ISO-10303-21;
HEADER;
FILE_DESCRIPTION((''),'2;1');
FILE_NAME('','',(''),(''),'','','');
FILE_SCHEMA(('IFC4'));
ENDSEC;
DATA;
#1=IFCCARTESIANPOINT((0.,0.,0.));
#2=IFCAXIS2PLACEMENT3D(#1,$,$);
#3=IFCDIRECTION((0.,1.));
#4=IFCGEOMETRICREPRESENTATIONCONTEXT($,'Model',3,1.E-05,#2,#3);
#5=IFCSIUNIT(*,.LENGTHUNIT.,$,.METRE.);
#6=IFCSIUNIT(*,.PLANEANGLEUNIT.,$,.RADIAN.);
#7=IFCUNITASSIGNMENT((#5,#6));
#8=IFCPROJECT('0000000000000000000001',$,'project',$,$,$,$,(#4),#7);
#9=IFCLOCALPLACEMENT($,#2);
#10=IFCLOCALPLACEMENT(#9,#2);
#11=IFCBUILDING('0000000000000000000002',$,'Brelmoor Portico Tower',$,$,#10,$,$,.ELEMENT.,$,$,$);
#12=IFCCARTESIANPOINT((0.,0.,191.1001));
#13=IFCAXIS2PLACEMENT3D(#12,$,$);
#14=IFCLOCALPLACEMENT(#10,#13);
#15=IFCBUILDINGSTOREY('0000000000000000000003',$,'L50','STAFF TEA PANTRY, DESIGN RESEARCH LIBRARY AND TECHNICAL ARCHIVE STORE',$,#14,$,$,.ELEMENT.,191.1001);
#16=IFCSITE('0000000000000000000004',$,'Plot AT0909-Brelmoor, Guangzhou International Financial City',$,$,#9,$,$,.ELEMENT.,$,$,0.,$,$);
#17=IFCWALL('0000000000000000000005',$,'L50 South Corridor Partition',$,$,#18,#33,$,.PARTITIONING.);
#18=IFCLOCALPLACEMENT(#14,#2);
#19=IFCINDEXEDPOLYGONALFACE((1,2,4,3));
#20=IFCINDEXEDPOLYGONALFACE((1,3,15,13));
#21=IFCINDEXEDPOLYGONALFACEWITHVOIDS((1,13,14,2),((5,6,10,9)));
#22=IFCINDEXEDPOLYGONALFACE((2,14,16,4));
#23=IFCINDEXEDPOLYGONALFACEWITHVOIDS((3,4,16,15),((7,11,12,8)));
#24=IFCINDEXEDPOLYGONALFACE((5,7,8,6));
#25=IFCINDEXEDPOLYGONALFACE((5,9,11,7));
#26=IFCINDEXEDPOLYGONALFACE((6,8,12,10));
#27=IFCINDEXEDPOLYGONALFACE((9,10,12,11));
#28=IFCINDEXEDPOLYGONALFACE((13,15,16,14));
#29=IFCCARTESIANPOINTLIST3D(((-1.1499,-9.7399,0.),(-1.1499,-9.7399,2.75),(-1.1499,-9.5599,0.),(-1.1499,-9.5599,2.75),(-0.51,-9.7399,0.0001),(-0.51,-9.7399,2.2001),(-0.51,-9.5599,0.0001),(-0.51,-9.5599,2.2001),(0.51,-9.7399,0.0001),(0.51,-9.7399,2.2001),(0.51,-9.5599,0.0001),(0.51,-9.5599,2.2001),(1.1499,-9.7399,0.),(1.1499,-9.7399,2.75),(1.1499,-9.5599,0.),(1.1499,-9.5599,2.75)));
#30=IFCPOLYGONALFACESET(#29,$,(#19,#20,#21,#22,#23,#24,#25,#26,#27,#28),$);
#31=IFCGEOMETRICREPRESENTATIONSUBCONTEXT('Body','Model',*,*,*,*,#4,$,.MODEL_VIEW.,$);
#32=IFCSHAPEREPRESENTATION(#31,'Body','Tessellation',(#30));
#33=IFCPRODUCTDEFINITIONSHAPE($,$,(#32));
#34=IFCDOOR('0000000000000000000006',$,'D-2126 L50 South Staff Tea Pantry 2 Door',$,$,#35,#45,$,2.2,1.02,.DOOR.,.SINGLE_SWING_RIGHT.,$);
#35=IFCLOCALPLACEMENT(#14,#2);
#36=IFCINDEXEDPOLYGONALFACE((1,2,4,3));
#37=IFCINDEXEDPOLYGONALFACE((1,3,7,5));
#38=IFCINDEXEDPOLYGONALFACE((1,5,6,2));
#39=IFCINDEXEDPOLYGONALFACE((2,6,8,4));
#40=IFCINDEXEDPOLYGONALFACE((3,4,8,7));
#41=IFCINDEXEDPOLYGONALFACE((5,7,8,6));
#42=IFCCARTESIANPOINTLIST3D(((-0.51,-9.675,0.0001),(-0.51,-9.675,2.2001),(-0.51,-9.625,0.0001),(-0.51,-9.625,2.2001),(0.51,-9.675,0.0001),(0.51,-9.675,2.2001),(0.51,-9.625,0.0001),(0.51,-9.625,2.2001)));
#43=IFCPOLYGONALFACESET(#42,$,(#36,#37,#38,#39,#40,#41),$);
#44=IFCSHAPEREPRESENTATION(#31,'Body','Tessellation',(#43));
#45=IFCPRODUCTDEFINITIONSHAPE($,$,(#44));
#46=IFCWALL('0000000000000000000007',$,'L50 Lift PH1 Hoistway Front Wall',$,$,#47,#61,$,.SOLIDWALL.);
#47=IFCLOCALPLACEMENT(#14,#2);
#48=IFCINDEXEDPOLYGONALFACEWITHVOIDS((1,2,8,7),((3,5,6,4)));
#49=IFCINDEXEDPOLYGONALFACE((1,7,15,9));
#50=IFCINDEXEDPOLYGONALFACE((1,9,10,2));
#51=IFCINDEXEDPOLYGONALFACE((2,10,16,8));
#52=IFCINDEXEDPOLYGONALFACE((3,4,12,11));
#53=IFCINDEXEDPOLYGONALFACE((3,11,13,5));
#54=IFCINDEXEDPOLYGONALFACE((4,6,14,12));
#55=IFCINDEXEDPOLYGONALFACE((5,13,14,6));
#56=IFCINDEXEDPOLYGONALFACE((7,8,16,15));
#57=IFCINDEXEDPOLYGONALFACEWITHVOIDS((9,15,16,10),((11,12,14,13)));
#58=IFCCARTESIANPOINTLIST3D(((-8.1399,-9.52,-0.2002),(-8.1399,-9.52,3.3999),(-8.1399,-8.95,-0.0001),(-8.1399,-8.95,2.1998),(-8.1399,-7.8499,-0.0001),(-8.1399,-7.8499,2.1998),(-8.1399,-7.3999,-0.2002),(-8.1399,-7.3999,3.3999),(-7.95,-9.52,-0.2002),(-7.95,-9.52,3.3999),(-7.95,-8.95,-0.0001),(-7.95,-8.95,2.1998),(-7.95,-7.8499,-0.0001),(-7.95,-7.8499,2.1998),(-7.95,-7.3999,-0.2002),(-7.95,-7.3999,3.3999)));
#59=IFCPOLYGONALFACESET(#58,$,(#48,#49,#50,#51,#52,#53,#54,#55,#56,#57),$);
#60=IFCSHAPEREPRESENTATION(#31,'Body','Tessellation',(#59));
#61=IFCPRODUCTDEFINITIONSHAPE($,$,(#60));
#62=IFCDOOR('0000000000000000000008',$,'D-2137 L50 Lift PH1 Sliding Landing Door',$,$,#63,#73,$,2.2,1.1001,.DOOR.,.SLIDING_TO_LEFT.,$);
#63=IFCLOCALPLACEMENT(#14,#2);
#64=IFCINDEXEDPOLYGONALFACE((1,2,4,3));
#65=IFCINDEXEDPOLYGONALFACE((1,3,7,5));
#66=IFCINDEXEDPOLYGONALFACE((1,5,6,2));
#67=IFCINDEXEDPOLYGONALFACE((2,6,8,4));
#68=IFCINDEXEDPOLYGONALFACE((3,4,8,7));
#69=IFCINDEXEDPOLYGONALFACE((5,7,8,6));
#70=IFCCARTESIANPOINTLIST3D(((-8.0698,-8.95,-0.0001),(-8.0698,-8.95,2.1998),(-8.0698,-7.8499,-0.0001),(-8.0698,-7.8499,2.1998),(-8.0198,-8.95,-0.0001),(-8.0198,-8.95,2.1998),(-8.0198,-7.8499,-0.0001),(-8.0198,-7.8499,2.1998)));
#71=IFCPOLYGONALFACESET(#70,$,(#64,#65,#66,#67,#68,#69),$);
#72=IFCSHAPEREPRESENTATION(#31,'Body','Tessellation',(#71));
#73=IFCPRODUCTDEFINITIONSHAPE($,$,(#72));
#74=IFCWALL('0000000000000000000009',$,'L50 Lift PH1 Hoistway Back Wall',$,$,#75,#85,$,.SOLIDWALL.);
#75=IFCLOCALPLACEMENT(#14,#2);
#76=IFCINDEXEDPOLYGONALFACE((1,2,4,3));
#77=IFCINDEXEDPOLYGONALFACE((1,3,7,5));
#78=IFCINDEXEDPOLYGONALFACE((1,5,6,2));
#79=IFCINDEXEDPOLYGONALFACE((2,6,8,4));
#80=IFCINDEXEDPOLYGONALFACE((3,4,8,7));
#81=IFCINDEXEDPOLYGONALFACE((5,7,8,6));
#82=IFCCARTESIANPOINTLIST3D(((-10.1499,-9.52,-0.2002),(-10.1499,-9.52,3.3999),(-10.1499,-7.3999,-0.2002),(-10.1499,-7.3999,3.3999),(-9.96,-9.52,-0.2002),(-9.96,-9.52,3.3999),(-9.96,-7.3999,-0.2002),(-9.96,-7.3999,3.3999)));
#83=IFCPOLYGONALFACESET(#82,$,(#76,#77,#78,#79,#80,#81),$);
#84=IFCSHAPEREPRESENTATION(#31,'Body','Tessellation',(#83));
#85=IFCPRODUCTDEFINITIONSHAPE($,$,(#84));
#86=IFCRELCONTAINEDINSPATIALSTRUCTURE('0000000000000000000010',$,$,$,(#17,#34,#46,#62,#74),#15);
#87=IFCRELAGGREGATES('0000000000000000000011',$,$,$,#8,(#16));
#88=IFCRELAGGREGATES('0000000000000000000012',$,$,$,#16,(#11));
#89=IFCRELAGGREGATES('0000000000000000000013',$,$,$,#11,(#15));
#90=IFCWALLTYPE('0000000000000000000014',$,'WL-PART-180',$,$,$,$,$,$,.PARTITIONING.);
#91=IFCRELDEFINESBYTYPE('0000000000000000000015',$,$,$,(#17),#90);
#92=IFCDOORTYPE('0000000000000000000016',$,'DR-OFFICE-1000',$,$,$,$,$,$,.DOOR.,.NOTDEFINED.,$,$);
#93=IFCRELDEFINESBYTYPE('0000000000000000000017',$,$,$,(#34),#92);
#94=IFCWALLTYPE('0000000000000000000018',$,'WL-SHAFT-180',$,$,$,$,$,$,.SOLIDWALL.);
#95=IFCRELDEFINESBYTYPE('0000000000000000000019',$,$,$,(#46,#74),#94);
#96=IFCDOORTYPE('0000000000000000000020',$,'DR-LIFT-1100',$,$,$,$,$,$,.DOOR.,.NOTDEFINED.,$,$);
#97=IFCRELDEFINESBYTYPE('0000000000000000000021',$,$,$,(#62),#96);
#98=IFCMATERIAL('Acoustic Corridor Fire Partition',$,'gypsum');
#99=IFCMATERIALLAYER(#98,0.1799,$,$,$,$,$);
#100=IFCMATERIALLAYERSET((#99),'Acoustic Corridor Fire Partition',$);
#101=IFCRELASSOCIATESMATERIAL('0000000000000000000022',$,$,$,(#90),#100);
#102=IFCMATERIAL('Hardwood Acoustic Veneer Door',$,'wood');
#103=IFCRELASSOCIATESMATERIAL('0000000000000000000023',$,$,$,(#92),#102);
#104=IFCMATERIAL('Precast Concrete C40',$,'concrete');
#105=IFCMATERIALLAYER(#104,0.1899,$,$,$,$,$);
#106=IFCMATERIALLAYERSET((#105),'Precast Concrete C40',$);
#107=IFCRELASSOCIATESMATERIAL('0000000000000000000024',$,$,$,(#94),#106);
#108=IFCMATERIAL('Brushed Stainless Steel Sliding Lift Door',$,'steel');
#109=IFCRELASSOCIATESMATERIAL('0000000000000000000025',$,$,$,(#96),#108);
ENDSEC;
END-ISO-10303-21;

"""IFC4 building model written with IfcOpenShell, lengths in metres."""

from ifc_helpers import new_model, si_unit, direction, frame, frame_2d, origin, place, context, subcontext, project, spatial, rectangle, extrude, material, layer, layer_set, type_object, element, fill, save


model = new_model("IFC4")

# Units and contexts
model_context = context("Model", 3, precision=1e-05, world=origin(), true_north=direction((0.0, 1.0)))
body_context = subcontext(model_context, "Body", "Model", "MODEL_VIEW")
ifc_project = project(units=[si_unit("LENGTHUNIT", "METRE"), si_unit("PLANEANGLEUNIT", "RADIAN")], contexts=[model_context])

# Site, building, storey
site_placement = place(None, origin())
site = spatial("IfcSite", under=ifc_project, at=site_placement, Name="Plot AT0909-Brelmoor, Guangzhou International Financial City", CompositionType="ELEMENT", RefElevation=0.0)
building_placement = place(site_placement, origin())
building = spatial("IfcBuilding", under=site, at=building_placement, Name="Brelmoor Portico Tower", CompositionType="ELEMENT")
storey_placement = place(building_placement, frame((0.0, 0.0, 191.1001)))
storey = spatial("IfcBuildingStorey", under=building, at=storey_placement, Name="L50", Description="STAFF TEA PANTRY, DESIGN RESEARCH LIBRARY AND TECHNICAL ARCHIVE STORE", CompositionType="ELEMENT", Elevation=191.1001)

# Walls, openings, doors
ifc_material_1 = material(Name="Acoustic Corridor Fire Partition", Category="gypsum")
ifc_layer_1 = layer(ifc_material_1, 0.1799)
ifc_layer_set_1 = layer_set([ifc_layer_1], Name="Acoustic Corridor Fire Partition")
wall_type_1 = type_object("IfcWallType", Name="WL-PART-180", PredefinedType="PARTITIONING", material=ifc_layer_set_1)
wall_1_placement = place(storey_placement, frame((-1.1499, -9.6499, 0.0), z_axis=(0.0, 0.0, 1.0), x_axis=(1.0, 0.0, 0.0)))
wall_1 = element("IfcWall", 1, at=wall_1_placement, inside=storey, type_object=wall_type_1, Name="L50 South Corridor Partition", PredefinedType="PARTITIONING", context=body_context, shape_type="SweptSolid", body=[
    extrude(rectangle(XDim=2.2998, YDim=0.1799, at=frame_2d((1.1499, 0.0))), origin(), (0.0, 0.0, 1.0), 2.75),
])
opening_1_placement = place(wall_1_placement, frame((0.6399, 0.0, 0.0)))
opening_1 = element("IfcOpeningElement", 2, at=opening_1_placement, cuts=wall_1, PredefinedType="OPENING", context=body_context, shape_type="SweptSolid", body=[
    extrude(rectangle(XDim=1.02, YDim=2.2, at=frame_2d((0.51, 1.1001))), frame((0.0, 0.0999, 0.0), z_axis=(0.0, -1.0, 0.0), x_axis=(1.0, 0.0, 0.0)), (0.0, 0.0, 1.0), 0.2),
])
ifc_material_2 = material(Name="Hardwood Acoustic Veneer Door", Category="wood")
door_type_1 = type_object("IfcDoorType", Name="DR-OFFICE-1000", OperationType="NOTDEFINED", PredefinedType="DOOR", material=ifc_material_2)
door_1_placement = place(opening_1_placement, origin())
door_1 = element("IfcDoor", 3, at=door_1_placement, inside=storey, type_object=door_type_1, Name="D-2126 L50 South Staff Tea Pantry 2 Door", OperationType="SINGLE_SWING_RIGHT", OverallHeight=2.2, OverallWidth=1.02, PredefinedType="DOOR", context=body_context, shape_type="SweptSolid", body=[
    extrude(rectangle(XDim=1.02, YDim=2.2, at=frame_2d((0.51, 1.1001))), frame((0.0, 0.0249, 0.0), z_axis=(0.0, -1.0, 0.0), x_axis=(1.0, 0.0, 0.0)), (0.0, 0.0, 1.0), 0.05),
])
fill(opening_1, door_1)
ifc_material_3 = material(Name="Precast Concrete C40", Category="concrete")
ifc_layer_2 = layer(ifc_material_3, 0.1899)
ifc_layer_set_2 = layer_set([ifc_layer_2], Name="Precast Concrete C40")
wall_type_2 = type_object("IfcWallType", Name="WL-SHAFT-180", PredefinedType="SOLIDWALL", material=ifc_layer_set_2)
wall_2_placement = place(storey_placement, frame((-8.0449, -9.52, -0.2002), z_axis=(0.0, 0.0, 1.0), x_axis=(0.0, 1.0, 0.0)))
wall_2 = element("IfcWall", 4, at=wall_2_placement, inside=storey, type_object=wall_type_2, Name="L50 Lift PH1 Hoistway Front Wall", PredefinedType="SOLIDWALL", context=body_context, shape_type="SweptSolid", body=[
    extrude(rectangle(XDim=2.1201, YDim=0.1899, at=frame_2d((1.0601, 0.0))), origin(), (0.0, 0.0, 1.0), 3.6001),
])
opening_2_placement = place(wall_2_placement, frame((0.5701, 0.0, 0.2)))
opening_2 = element("IfcOpeningElement", 5, at=opening_2_placement, cuts=wall_2, PredefinedType="OPENING", context=body_context, shape_type="SweptSolid", body=[
    extrude(rectangle(XDim=1.1001, YDim=2.2, at=frame_2d((0.55, 1.1001))), frame((0.0, 0.105, 0.0), z_axis=(0.0, -1.0, 0.0), x_axis=(1.0, 0.0, 0.0)), (0.0, 0.0, 1.0), 0.21),
])
ifc_material_4 = material(Name="Brushed Stainless Steel Sliding Lift Door", Category="steel")
door_type_2 = type_object("IfcDoorType", Name="DR-LIFT-1100", OperationType="NOTDEFINED", PredefinedType="DOOR", material=ifc_material_4)
door_2_placement = place(opening_2_placement, origin())
door_2 = element("IfcDoor", 6, at=door_2_placement, inside=storey, type_object=door_type_2, Name="D-2137 L50 Lift PH1 Sliding Landing Door", OperationType="SLIDING_TO_LEFT", OverallHeight=2.2, OverallWidth=1.1001, PredefinedType="DOOR", context=body_context, shape_type="SweptSolid", body=[
    extrude(rectangle(XDim=1.1001, YDim=2.2, at=frame_2d((0.55, 1.1001))), frame((0.0, 0.0249, 0.0), z_axis=(0.0, -1.0, 0.0), x_axis=(1.0, 0.0, 0.0)), (0.0, 0.0, 1.0), 0.05),
])
fill(opening_2, door_2)

# Wall
wall_3_placement = place(storey_placement, frame((-10.0549, -9.52, -0.2002), z_axis=(0.0, 0.0, 1.0), x_axis=(0.0, 1.0, 0.0)))
element("IfcWall", 7, at=wall_3_placement, inside=storey, type_object=wall_type_2, Name="L50 Lift PH1 Hoistway Back Wall", PredefinedType="SOLIDWALL", context=body_context, shape_type="SweptSolid", body=[
    extrude(rectangle(XDim=2.1201, YDim=0.1899, at=frame_2d((1.0601, 0.0))), origin(), (0.0, 0.0, 1.0), 3.6001),
])

save(model, "model.ifc")
